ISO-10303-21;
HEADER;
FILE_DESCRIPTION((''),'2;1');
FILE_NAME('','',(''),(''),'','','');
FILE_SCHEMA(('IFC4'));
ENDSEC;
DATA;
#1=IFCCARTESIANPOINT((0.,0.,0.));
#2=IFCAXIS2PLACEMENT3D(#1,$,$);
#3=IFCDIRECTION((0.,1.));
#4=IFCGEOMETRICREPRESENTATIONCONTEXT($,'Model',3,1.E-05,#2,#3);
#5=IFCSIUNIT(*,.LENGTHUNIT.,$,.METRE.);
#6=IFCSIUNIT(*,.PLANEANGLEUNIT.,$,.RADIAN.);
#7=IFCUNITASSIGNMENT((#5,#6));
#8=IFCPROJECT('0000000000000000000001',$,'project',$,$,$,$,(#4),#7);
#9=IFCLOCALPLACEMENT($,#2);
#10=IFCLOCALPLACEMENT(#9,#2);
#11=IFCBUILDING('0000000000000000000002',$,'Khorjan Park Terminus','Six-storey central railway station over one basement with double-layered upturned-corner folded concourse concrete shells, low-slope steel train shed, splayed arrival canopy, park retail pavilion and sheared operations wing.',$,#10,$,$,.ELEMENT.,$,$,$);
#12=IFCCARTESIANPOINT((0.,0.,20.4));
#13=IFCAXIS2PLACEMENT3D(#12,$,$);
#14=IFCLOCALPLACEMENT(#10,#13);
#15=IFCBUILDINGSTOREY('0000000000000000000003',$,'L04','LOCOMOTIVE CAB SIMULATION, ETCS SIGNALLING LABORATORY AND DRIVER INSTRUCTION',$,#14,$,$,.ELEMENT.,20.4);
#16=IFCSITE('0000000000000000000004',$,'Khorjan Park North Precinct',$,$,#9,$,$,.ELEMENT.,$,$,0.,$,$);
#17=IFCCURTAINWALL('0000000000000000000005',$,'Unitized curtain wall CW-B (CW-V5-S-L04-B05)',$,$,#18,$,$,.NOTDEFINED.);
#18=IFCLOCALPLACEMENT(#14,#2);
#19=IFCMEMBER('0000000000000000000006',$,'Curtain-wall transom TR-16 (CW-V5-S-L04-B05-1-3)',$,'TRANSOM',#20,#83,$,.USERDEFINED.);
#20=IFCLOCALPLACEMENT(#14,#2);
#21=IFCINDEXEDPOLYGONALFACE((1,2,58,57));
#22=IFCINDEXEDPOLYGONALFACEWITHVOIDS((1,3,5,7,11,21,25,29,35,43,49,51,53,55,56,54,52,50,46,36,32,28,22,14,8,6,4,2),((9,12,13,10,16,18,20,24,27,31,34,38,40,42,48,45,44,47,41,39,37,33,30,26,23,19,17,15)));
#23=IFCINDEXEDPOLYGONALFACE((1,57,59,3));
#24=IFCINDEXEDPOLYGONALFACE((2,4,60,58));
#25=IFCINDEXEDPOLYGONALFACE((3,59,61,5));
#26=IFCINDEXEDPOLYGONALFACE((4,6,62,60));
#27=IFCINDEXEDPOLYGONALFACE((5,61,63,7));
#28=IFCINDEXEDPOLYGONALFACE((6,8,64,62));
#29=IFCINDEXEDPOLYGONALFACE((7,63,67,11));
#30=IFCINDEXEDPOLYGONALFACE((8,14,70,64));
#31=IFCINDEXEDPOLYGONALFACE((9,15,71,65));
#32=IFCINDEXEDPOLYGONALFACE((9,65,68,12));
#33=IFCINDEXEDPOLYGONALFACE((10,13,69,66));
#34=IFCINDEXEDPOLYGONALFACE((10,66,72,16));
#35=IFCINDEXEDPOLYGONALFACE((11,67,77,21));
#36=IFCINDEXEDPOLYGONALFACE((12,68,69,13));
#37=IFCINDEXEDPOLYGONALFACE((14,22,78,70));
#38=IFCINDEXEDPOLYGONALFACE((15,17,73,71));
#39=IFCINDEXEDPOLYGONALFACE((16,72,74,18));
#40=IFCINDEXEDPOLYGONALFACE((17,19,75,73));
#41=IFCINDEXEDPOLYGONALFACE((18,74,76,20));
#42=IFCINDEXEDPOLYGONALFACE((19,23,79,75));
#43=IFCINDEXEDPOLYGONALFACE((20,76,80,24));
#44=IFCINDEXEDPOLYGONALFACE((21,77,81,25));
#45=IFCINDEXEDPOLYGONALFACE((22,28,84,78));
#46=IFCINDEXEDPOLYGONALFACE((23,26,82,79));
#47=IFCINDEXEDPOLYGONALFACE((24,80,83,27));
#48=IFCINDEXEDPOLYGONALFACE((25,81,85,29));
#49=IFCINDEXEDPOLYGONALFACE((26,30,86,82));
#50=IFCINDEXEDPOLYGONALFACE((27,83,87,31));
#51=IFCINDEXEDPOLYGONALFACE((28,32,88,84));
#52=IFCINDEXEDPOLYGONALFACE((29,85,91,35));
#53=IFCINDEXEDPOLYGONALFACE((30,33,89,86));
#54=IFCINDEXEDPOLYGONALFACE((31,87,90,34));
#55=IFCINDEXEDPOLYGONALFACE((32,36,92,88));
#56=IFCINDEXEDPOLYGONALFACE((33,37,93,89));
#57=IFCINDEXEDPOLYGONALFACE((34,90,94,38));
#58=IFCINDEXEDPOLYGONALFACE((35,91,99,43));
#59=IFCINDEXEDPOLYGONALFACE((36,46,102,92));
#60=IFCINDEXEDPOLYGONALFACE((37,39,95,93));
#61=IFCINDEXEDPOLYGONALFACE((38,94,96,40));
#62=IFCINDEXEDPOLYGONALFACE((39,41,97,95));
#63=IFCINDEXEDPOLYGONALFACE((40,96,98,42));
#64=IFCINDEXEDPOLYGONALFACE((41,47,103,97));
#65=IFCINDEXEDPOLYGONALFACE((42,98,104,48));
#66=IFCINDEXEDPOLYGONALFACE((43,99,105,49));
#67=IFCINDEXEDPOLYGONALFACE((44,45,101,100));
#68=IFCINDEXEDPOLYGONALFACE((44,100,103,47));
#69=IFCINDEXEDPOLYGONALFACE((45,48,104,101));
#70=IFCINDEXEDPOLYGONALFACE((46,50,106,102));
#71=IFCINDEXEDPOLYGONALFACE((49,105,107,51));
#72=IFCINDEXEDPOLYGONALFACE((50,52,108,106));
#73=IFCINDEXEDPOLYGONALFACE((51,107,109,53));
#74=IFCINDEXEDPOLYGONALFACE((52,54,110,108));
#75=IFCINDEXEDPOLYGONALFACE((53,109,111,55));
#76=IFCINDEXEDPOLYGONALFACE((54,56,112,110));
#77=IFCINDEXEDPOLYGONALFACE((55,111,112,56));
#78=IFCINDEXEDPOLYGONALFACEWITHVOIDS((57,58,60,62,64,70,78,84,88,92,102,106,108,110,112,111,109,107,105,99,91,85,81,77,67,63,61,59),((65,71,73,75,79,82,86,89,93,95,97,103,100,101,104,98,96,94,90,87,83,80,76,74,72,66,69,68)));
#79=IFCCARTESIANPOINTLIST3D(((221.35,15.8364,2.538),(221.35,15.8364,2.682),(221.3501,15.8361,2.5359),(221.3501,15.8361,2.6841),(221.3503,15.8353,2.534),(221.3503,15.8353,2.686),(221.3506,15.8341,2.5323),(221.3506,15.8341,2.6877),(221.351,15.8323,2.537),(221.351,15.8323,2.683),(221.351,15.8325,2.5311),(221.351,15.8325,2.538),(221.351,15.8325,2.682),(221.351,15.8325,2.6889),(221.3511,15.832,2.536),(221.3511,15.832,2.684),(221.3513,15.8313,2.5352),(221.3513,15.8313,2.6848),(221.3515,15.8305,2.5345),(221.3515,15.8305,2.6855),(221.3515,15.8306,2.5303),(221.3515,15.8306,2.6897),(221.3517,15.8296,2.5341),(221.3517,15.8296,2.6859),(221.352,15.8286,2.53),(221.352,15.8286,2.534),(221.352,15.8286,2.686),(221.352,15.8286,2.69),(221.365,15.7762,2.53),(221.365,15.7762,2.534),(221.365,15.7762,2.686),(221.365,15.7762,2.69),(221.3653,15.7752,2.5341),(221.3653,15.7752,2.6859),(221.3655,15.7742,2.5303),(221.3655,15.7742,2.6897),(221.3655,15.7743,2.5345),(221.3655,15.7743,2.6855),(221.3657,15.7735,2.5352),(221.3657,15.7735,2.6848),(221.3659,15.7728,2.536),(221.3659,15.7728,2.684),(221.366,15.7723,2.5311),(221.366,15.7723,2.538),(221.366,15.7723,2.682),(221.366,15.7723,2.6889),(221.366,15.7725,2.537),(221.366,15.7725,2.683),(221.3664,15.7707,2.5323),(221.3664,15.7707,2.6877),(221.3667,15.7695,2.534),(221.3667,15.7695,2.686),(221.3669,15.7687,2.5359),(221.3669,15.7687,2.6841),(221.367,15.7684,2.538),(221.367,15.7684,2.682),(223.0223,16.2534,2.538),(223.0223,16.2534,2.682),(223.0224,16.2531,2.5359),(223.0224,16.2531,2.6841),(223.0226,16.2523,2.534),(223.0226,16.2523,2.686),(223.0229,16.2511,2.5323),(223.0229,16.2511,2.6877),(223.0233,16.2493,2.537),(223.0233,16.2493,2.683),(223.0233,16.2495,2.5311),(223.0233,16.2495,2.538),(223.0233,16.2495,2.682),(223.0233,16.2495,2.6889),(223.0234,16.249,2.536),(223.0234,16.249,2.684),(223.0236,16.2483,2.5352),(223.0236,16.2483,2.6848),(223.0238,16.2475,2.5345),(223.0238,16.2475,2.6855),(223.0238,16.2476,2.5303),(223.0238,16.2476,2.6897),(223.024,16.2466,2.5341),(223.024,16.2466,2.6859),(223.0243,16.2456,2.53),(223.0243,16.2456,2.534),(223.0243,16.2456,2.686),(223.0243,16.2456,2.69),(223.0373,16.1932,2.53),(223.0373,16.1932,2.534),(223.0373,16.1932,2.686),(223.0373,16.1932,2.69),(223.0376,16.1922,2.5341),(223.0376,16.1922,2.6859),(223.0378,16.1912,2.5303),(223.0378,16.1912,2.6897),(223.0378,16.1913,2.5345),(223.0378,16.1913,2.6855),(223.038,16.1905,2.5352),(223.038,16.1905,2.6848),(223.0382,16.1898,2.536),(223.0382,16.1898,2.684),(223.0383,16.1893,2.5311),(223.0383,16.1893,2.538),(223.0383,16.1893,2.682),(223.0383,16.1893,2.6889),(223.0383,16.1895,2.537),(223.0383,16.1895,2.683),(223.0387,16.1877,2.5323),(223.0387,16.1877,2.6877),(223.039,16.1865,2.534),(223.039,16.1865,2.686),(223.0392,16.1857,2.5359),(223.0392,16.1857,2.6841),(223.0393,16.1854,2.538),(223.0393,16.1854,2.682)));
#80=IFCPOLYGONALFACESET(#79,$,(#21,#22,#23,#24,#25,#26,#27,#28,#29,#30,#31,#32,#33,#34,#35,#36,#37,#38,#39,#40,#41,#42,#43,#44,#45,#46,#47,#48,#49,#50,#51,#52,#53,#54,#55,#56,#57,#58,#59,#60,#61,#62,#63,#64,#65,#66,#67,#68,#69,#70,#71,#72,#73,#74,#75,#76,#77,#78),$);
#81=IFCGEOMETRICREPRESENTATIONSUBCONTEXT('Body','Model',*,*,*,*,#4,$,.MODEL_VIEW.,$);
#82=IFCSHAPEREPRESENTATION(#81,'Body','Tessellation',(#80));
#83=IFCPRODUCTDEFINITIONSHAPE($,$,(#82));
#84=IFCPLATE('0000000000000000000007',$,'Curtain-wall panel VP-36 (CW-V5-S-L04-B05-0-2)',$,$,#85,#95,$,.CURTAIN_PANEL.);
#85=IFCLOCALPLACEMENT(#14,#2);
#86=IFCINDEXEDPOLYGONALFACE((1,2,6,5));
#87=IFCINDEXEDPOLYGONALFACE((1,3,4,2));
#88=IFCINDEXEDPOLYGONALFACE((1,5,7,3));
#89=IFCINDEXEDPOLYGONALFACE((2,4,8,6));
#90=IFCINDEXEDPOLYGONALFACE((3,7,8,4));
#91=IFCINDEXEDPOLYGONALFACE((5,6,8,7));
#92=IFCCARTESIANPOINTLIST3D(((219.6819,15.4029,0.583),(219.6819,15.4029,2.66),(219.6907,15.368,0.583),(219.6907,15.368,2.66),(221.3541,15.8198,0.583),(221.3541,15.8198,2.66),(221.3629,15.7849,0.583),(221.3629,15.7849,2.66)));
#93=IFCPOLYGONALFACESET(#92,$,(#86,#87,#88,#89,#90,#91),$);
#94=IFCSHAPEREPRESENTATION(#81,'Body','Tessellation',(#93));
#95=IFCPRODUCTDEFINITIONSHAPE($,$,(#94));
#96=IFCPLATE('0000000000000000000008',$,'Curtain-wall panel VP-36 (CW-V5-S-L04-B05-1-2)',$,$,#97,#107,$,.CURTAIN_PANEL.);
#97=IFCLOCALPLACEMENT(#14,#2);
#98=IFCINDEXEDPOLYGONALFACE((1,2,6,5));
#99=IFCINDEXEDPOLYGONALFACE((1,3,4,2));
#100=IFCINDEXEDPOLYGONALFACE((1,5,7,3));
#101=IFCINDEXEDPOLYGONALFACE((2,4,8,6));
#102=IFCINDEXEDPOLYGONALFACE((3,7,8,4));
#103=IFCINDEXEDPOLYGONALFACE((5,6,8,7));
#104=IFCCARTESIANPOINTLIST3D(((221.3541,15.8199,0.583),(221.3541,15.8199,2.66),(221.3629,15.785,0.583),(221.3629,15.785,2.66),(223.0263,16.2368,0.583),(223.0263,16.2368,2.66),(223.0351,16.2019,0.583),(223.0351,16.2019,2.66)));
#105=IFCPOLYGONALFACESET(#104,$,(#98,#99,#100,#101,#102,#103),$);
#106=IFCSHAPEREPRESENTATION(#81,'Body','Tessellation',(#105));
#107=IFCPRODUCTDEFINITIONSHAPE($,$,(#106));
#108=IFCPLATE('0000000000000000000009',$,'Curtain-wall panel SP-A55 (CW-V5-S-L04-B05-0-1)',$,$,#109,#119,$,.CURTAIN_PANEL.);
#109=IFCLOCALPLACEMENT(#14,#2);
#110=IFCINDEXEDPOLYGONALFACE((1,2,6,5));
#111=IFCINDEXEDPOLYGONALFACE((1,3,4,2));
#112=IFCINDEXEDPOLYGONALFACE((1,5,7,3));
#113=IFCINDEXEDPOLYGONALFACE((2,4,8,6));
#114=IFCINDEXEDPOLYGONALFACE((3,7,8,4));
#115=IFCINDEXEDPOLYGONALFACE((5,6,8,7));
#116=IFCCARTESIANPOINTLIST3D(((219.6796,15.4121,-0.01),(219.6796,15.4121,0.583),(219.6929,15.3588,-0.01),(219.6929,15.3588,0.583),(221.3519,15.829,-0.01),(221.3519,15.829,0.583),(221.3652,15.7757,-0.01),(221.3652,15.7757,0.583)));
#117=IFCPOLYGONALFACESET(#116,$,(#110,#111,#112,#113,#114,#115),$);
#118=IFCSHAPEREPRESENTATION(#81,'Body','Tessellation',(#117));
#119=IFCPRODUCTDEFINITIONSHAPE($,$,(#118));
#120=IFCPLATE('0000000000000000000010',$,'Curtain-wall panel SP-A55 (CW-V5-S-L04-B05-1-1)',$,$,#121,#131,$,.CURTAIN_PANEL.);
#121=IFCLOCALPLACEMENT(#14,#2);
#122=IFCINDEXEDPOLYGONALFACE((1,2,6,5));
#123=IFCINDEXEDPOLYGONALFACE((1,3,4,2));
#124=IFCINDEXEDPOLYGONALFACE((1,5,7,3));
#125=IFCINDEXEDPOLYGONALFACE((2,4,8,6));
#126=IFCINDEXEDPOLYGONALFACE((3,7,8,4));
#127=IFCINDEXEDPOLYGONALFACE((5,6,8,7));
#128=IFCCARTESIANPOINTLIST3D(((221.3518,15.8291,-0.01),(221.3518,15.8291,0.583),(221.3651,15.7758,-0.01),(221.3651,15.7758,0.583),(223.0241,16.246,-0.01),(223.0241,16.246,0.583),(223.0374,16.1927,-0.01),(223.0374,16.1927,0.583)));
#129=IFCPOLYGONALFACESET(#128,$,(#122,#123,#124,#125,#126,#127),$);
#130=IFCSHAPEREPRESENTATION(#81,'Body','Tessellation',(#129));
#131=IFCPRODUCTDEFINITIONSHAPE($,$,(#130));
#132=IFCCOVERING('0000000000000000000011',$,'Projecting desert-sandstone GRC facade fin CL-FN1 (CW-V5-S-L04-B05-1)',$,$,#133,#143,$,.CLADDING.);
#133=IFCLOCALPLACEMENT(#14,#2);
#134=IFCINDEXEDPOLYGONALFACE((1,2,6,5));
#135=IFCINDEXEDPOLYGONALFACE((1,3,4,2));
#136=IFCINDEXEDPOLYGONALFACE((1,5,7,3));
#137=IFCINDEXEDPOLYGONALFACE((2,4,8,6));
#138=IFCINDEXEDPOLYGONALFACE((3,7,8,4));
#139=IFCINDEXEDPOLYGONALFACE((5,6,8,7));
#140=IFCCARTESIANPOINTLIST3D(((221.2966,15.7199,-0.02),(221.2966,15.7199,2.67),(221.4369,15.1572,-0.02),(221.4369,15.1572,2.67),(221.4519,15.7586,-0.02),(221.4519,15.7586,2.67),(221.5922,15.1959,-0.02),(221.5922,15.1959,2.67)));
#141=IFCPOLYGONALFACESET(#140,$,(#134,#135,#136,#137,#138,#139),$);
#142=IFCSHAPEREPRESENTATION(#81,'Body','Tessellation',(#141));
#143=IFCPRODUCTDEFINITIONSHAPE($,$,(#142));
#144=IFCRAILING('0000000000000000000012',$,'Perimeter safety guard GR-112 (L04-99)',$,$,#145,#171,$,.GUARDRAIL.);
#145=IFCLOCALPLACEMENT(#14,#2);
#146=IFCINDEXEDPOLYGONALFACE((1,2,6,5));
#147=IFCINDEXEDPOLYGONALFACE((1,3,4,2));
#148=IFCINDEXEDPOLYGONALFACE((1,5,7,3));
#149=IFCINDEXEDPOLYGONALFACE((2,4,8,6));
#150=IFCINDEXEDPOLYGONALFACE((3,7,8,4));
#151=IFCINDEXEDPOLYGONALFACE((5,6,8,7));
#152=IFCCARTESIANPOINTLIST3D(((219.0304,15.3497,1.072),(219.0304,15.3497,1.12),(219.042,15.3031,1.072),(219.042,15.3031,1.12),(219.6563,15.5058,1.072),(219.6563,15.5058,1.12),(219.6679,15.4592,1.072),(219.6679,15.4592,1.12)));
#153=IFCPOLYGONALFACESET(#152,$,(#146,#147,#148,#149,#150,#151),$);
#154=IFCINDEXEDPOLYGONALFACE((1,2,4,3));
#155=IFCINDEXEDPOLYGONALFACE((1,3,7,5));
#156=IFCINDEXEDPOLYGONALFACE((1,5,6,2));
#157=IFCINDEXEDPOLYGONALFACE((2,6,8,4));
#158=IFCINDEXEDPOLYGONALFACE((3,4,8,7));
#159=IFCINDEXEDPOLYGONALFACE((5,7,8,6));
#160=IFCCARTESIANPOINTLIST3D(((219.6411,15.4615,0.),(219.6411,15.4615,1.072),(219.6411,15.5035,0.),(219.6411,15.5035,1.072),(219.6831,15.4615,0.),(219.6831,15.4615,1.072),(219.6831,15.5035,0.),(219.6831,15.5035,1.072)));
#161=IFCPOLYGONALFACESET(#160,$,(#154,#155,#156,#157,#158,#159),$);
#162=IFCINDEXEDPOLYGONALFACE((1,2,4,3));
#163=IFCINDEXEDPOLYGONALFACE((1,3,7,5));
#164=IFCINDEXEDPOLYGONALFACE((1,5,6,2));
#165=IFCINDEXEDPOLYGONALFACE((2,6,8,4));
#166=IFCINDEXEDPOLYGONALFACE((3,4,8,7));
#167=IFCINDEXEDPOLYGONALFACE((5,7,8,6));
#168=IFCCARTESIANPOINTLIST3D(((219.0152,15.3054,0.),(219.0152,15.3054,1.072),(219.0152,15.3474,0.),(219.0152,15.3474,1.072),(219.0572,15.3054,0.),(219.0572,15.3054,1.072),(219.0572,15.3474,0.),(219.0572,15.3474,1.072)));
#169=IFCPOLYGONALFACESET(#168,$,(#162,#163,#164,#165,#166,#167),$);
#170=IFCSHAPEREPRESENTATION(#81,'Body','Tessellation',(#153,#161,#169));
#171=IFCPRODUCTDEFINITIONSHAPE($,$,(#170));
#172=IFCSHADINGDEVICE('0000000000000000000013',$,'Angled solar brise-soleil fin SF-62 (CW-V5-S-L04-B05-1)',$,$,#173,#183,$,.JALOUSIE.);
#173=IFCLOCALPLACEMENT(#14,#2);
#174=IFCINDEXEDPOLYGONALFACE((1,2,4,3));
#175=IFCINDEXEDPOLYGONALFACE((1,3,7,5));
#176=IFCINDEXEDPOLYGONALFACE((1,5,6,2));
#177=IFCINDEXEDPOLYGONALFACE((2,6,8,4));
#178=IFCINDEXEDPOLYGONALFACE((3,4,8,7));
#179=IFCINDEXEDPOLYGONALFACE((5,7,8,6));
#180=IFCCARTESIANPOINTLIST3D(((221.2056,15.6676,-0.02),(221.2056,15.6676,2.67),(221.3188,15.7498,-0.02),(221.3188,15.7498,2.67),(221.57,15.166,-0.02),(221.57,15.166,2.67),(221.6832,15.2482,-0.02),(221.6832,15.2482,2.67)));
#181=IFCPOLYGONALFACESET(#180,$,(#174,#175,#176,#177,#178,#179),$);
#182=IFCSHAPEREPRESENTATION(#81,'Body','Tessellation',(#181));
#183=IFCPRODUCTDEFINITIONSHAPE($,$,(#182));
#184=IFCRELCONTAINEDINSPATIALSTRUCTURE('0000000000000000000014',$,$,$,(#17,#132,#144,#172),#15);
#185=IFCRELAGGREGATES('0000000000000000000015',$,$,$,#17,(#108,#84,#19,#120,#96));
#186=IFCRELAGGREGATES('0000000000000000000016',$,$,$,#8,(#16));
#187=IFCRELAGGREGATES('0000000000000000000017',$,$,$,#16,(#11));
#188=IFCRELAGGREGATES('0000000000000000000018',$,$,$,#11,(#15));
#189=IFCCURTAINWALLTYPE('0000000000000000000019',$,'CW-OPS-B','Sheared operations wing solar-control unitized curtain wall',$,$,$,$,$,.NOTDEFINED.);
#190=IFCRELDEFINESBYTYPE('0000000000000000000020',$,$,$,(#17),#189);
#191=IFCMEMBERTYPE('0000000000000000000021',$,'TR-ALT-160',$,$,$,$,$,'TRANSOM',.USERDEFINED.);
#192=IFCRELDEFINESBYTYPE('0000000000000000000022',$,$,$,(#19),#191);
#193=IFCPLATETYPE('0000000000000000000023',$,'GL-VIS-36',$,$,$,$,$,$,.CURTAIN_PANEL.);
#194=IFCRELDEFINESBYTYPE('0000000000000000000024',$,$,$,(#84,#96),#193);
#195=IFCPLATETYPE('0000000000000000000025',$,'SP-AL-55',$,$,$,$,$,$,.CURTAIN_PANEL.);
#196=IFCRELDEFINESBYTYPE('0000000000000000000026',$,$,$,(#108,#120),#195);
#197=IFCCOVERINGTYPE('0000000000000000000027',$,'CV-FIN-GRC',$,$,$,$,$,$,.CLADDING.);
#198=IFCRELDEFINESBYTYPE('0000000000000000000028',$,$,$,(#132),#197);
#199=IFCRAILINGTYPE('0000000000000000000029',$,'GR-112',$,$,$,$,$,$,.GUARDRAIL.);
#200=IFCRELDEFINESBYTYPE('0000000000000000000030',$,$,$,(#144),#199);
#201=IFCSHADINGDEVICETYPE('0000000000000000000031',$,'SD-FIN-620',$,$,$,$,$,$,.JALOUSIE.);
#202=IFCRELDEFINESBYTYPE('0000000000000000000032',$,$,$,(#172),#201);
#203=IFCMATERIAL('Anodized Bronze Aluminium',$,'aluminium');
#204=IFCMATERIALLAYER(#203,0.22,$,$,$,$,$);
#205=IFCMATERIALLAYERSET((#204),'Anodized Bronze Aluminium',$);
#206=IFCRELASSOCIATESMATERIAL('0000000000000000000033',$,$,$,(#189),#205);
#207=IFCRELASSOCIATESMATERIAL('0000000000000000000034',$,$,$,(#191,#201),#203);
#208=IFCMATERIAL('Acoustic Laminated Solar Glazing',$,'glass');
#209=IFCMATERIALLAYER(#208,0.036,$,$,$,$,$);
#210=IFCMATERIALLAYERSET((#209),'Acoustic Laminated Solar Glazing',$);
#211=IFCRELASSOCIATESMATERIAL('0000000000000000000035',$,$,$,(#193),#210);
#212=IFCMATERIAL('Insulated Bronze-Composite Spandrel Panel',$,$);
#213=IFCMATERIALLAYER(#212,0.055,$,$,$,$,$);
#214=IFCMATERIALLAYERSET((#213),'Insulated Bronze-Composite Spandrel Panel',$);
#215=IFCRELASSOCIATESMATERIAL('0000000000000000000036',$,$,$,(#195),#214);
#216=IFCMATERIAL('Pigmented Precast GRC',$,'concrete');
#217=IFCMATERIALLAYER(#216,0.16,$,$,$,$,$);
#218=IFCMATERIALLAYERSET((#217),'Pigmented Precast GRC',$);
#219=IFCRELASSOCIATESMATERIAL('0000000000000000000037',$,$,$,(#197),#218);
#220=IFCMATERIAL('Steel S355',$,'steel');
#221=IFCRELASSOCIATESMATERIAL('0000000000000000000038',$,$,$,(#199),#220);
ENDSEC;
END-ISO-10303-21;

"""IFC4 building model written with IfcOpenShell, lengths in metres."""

from ifc_helpers import new_model, si_unit, direction, frame, origin, origin_2d, place, context, subcontext, project, spatial, rectangle, hollow_rectangle, extrude, material, layer, layer_set, material_profile, profile_set, type_object, element, aggregate, save


model = new_model("IFC4")

# Units and contexts
model_context = context("Model", 3, precision=1e-05, world=origin(), true_north=direction((0.0, 1.0)))
body_context = subcontext(model_context, "Body", "Model", "MODEL_VIEW")
ifc_project = project(units=[si_unit("LENGTHUNIT", "METRE"), si_unit("PLANEANGLEUNIT", "RADIAN")], contexts=[model_context])

# Site, building, storey
site_placement = place(None, origin())
site = spatial("IfcSite", under=ifc_project, at=site_placement, Name="Khorjan Park North Precinct", CompositionType="ELEMENT", RefElevation=0.0)
building_placement = place(site_placement, origin())
building = spatial("IfcBuilding", under=site, at=building_placement, Name="Khorjan Park Terminus", Description="Six-storey central railway station over one basement with double-layered upturned-corner folded concourse concrete shells, low-slope steel train shed, splayed arrival canopy, park retail pavilion and sheared operations wing.", CompositionType="ELEMENT")
storey_placement = place(building_placement, frame((0.0, 0.0, 20.4)))
storey = spatial("IfcBuildingStorey", under=building, at=storey_placement, Name="L04", Description="LOCOMOTIVE CAB SIMULATION, ETCS SIGNALLING LABORATORY AND DRIVER INSTRUCTION", CompositionType="ELEMENT", Elevation=20.4)

# Shared definitions
ifc_material_1 = material(Name="Steel S355", Category="steel")

# Curtain wall, member, plates
ifc_material_2 = material(Name="Anodized Bronze Aluminium", Category="aluminium")
ifc_layer_1 = layer(ifc_material_2, 0.22)
ifc_layer_set_1 = layer_set([ifc_layer_1], Name="Anodized Bronze Aluminium")
curtain_wall_type = type_object("IfcCurtainWallType", Name="CW-OPS-B", Description="Sheared operations wing solar-control unitized curtain wall", PredefinedType="NOTDEFINED", material=ifc_layer_set_1)
curtain_wall_placement = place(storey_placement, origin())
curtain_wall = element("IfcCurtainWall", 1, at=curtain_wall_placement, inside=storey, type_object=curtain_wall_type, Name="Unitized curtain wall CW-B (CW-V5-S-L04-B05)", PredefinedType="NOTDEFINED")
ifc_material_profile_1 = material_profile(ifc_material_2, hollow_rectangle(XDim=0.07, YDim=0.16, WallThickness=0.004, InnerFilletRadius=0.004, OuterFilletRadius=0.008, at=origin_2d()), Name="ALT 70x160x4")
ifc_profile_set_1 = profile_set([ifc_material_profile_1], Name="Anodized Bronze Aluminium")
member_type_1 = type_object("IfcMemberType", Name="TR-ALT-160", ElementType="TRANSOM", PredefinedType="USERDEFINED", material=ifc_profile_set_1)
member_1_placement = place(storey_placement, frame((221.3585, 15.8024, 2.61), z_axis=(0.970289, 0.241949, 0.0), x_axis=(-0.241949, 0.970289, 0.0)))
member_1 = element("IfcMember", 2, at=member_1_placement, type_object=member_type_1, Name="Curtain-wall transom TR-16 (CW-V5-S-L04-B05-1-3)", ObjectType="TRANSOM", PredefinedType="USERDEFINED", context=body_context, shape_type="SweptSolid", body=[
    extrude(hollow_rectangle(XDim=0.07, YDim=0.16, WallThickness=0.004, InnerFilletRadius=0.004, OuterFilletRadius=0.008, at=origin_2d()), origin(), (0.0, 0.0, 1.0), 1.7235),
])
ifc_material_3 = material(Name="Acoustic Laminated Solar Glazing", Category="glass")
ifc_layer_2 = layer(ifc_material_3, 0.036)
ifc_layer_set_2 = layer_set([ifc_layer_2], Name="Acoustic Laminated Solar Glazing")
plate_type_1 = type_object("IfcPlateType", Name="GL-VIS-36", PredefinedType="CURTAIN_PANEL", material=ifc_layer_set_2)
plate_1_placement = place(storey_placement, frame((220.5224, 15.5939, 0.583), z_axis=(0.0, 0.0, 1.0), x_axis=(0.970296, 0.241919, 0.0)))
plate_1 = element("IfcPlate", 3, at=plate_1_placement, type_object=plate_type_1, Name="Curtain-wall panel VP-36 (CW-V5-S-L04-B05-0-2)", PredefinedType="CURTAIN_PANEL", context=body_context, shape_type="SweptSolid", body=[
    extrude(rectangle(XDim=1.7234, YDim=0.036, at=origin_2d()), origin(), (0.0, 0.0, 1.0), 2.077),
])
plate_2_placement = place(storey_placement, frame((222.1946, 16.0109, 0.583), z_axis=(0.0, 0.0, 1.0), x_axis=(0.970296, 0.241919, 0.0)))
plate_2 = element("IfcPlate", 4, at=plate_2_placement, type_object=plate_type_1, Name="Curtain-wall panel VP-36 (CW-V5-S-L04-B05-1-2)", PredefinedType="CURTAIN_PANEL", context=body_context, shape_type="SweptSolid", body=[
    extrude(rectangle(XDim=1.7234, YDim=0.036, at=origin_2d()), origin(), (0.0, 0.0, 1.0), 2.077),
])
ifc_material_4 = material(Name="Insulated Bronze-Composite Spandrel Panel")
ifc_layer_3 = layer(ifc_material_4, 0.055)
ifc_layer_set_3 = layer_set([ifc_layer_3], Name="Insulated Bronze-Composite Spandrel Panel")
plate_type_2 = type_object("IfcPlateType", Name="SP-AL-55", PredefinedType="CURTAIN_PANEL", material=ifc_layer_set_3)
plate_3_placement = place(storey_placement, frame((220.5224, 15.5939, -0.01), z_axis=(0.0, 0.0, 1.0), x_axis=(0.970296, 0.241919, 0.0)))
plate_3 = element("IfcPlate", 5, at=plate_3_placement, type_object=plate_type_2, Name="Curtain-wall panel SP-A55 (CW-V5-S-L04-B05-0-1)", PredefinedType="CURTAIN_PANEL", context=body_context, shape_type="SweptSolid", body=[
    extrude(rectangle(XDim=1.7234, YDim=0.055, at=origin_2d()), origin(), (0.0, 0.0, 1.0), 0.593),
])
plate_4_placement = place(storey_placement, frame((222.1946, 16.0109, -0.01), z_axis=(0.0, 0.0, 1.0), x_axis=(0.970296, 0.241919, 0.0)))
plate_4 = element("IfcPlate", 6, at=plate_4_placement, type_object=plate_type_2, Name="Curtain-wall panel SP-A55 (CW-V5-S-L04-B05-1-1)", PredefinedType="CURTAIN_PANEL", context=body_context, shape_type="SweptSolid", body=[
    extrude(rectangle(XDim=1.7234, YDim=0.055, at=origin_2d()), origin(), (0.0, 0.0, 1.0), 0.593),
])
aggregate(curtain_wall, [plate_3, plate_1, member_1, plate_4, plate_2])

# Covering
ifc_material_5 = material(Name="Pigmented Precast GRC", Category="concrete")
ifc_layer_4 = layer(ifc_material_5, 0.16)
ifc_layer_set_4 = layer_set([ifc_layer_4], Name="Pigmented Precast GRC")
covering_type = type_object("IfcCoveringType", Name="CV-FIN-GRC", PredefinedType="CLADDING", material=ifc_layer_set_4)
covering_placement = place(storey_placement, frame((221.4444, 15.4579, -0.02), z_axis=(0.0, 0.0, 1.0), x_axis=(-0.241922, 0.970296, 0.0)))
element("IfcCovering", 7, at=covering_placement, inside=storey, type_object=covering_type, Name="Projecting desert-sandstone GRC facade fin CL-FN1 (CW-V5-S-L04-B05-1)", PredefinedType="CLADDING", context=body_context, shape_type="SweptSolid", body=[
    extrude(rectangle(XDim=0.58, YDim=0.16, at=origin_2d()), origin(), (0.0, 0.0, 1.0), 2.69),
])

# Railing
railing_type = type_object("IfcRailingType", Name="GR-112", PredefinedType="GUARDRAIL", material=ifc_material_1)
railing_placement = place(storey_placement, frame((219.6621, 15.4825, 0.0)))
element("IfcRailing", 8, at=railing_placement, inside=storey, type_object=railing_type, Name="Perimeter safety guard GR-112 (L04-99)", PredefinedType="GUARDRAIL", context=body_context, shape_type="SweptSolid", body=[
    extrude(rectangle(XDim=0.048, YDim=0.048, at=origin_2d()), frame((0.0, 0.0, 1.096), z_axis=(-0.970279, -0.241988, 0.0), x_axis=(0.241988, -0.970279, 0.0)), (0.0, 0.0, 1.0), 0.6451),
    extrude(rectangle(XDim=0.042, YDim=0.042, at=origin_2d()), origin(), (0.0, 0.0, 1.0), 1.072),
    extrude(rectangle(XDim=0.042, YDim=0.042, at=origin_2d()), frame((-0.6259, -0.1561, 0.0)), (0.0, 0.0, 1.0), 1.072),
])

# Shading device
shading_device_type = type_object("IfcShadingDeviceType", Name="SD-FIN-620", PredefinedType="JALOUSIE", material=ifc_material_2)
shading_device_placement = place(storey_placement, frame((221.4444, 15.4579, -0.02), z_axis=(0.0, 0.0, 1.0), x_axis=(-0.587785, 0.809017, 0.0)))
element("IfcShadingDevice", 9, at=shading_device_placement, inside=storey, type_object=shading_device_type, Name="Angled solar brise-soleil fin SF-62 (CW-V5-S-L04-B05-1)", PredefinedType="JALOUSIE", context=body_context, shape_type="SweptSolid", body=[
    extrude(rectangle(XDim=0.62, YDim=0.14, at=origin_2d()), origin(), (0.0, 0.0, 1.0), 2.69),
])

save(model, "model.ifc")
